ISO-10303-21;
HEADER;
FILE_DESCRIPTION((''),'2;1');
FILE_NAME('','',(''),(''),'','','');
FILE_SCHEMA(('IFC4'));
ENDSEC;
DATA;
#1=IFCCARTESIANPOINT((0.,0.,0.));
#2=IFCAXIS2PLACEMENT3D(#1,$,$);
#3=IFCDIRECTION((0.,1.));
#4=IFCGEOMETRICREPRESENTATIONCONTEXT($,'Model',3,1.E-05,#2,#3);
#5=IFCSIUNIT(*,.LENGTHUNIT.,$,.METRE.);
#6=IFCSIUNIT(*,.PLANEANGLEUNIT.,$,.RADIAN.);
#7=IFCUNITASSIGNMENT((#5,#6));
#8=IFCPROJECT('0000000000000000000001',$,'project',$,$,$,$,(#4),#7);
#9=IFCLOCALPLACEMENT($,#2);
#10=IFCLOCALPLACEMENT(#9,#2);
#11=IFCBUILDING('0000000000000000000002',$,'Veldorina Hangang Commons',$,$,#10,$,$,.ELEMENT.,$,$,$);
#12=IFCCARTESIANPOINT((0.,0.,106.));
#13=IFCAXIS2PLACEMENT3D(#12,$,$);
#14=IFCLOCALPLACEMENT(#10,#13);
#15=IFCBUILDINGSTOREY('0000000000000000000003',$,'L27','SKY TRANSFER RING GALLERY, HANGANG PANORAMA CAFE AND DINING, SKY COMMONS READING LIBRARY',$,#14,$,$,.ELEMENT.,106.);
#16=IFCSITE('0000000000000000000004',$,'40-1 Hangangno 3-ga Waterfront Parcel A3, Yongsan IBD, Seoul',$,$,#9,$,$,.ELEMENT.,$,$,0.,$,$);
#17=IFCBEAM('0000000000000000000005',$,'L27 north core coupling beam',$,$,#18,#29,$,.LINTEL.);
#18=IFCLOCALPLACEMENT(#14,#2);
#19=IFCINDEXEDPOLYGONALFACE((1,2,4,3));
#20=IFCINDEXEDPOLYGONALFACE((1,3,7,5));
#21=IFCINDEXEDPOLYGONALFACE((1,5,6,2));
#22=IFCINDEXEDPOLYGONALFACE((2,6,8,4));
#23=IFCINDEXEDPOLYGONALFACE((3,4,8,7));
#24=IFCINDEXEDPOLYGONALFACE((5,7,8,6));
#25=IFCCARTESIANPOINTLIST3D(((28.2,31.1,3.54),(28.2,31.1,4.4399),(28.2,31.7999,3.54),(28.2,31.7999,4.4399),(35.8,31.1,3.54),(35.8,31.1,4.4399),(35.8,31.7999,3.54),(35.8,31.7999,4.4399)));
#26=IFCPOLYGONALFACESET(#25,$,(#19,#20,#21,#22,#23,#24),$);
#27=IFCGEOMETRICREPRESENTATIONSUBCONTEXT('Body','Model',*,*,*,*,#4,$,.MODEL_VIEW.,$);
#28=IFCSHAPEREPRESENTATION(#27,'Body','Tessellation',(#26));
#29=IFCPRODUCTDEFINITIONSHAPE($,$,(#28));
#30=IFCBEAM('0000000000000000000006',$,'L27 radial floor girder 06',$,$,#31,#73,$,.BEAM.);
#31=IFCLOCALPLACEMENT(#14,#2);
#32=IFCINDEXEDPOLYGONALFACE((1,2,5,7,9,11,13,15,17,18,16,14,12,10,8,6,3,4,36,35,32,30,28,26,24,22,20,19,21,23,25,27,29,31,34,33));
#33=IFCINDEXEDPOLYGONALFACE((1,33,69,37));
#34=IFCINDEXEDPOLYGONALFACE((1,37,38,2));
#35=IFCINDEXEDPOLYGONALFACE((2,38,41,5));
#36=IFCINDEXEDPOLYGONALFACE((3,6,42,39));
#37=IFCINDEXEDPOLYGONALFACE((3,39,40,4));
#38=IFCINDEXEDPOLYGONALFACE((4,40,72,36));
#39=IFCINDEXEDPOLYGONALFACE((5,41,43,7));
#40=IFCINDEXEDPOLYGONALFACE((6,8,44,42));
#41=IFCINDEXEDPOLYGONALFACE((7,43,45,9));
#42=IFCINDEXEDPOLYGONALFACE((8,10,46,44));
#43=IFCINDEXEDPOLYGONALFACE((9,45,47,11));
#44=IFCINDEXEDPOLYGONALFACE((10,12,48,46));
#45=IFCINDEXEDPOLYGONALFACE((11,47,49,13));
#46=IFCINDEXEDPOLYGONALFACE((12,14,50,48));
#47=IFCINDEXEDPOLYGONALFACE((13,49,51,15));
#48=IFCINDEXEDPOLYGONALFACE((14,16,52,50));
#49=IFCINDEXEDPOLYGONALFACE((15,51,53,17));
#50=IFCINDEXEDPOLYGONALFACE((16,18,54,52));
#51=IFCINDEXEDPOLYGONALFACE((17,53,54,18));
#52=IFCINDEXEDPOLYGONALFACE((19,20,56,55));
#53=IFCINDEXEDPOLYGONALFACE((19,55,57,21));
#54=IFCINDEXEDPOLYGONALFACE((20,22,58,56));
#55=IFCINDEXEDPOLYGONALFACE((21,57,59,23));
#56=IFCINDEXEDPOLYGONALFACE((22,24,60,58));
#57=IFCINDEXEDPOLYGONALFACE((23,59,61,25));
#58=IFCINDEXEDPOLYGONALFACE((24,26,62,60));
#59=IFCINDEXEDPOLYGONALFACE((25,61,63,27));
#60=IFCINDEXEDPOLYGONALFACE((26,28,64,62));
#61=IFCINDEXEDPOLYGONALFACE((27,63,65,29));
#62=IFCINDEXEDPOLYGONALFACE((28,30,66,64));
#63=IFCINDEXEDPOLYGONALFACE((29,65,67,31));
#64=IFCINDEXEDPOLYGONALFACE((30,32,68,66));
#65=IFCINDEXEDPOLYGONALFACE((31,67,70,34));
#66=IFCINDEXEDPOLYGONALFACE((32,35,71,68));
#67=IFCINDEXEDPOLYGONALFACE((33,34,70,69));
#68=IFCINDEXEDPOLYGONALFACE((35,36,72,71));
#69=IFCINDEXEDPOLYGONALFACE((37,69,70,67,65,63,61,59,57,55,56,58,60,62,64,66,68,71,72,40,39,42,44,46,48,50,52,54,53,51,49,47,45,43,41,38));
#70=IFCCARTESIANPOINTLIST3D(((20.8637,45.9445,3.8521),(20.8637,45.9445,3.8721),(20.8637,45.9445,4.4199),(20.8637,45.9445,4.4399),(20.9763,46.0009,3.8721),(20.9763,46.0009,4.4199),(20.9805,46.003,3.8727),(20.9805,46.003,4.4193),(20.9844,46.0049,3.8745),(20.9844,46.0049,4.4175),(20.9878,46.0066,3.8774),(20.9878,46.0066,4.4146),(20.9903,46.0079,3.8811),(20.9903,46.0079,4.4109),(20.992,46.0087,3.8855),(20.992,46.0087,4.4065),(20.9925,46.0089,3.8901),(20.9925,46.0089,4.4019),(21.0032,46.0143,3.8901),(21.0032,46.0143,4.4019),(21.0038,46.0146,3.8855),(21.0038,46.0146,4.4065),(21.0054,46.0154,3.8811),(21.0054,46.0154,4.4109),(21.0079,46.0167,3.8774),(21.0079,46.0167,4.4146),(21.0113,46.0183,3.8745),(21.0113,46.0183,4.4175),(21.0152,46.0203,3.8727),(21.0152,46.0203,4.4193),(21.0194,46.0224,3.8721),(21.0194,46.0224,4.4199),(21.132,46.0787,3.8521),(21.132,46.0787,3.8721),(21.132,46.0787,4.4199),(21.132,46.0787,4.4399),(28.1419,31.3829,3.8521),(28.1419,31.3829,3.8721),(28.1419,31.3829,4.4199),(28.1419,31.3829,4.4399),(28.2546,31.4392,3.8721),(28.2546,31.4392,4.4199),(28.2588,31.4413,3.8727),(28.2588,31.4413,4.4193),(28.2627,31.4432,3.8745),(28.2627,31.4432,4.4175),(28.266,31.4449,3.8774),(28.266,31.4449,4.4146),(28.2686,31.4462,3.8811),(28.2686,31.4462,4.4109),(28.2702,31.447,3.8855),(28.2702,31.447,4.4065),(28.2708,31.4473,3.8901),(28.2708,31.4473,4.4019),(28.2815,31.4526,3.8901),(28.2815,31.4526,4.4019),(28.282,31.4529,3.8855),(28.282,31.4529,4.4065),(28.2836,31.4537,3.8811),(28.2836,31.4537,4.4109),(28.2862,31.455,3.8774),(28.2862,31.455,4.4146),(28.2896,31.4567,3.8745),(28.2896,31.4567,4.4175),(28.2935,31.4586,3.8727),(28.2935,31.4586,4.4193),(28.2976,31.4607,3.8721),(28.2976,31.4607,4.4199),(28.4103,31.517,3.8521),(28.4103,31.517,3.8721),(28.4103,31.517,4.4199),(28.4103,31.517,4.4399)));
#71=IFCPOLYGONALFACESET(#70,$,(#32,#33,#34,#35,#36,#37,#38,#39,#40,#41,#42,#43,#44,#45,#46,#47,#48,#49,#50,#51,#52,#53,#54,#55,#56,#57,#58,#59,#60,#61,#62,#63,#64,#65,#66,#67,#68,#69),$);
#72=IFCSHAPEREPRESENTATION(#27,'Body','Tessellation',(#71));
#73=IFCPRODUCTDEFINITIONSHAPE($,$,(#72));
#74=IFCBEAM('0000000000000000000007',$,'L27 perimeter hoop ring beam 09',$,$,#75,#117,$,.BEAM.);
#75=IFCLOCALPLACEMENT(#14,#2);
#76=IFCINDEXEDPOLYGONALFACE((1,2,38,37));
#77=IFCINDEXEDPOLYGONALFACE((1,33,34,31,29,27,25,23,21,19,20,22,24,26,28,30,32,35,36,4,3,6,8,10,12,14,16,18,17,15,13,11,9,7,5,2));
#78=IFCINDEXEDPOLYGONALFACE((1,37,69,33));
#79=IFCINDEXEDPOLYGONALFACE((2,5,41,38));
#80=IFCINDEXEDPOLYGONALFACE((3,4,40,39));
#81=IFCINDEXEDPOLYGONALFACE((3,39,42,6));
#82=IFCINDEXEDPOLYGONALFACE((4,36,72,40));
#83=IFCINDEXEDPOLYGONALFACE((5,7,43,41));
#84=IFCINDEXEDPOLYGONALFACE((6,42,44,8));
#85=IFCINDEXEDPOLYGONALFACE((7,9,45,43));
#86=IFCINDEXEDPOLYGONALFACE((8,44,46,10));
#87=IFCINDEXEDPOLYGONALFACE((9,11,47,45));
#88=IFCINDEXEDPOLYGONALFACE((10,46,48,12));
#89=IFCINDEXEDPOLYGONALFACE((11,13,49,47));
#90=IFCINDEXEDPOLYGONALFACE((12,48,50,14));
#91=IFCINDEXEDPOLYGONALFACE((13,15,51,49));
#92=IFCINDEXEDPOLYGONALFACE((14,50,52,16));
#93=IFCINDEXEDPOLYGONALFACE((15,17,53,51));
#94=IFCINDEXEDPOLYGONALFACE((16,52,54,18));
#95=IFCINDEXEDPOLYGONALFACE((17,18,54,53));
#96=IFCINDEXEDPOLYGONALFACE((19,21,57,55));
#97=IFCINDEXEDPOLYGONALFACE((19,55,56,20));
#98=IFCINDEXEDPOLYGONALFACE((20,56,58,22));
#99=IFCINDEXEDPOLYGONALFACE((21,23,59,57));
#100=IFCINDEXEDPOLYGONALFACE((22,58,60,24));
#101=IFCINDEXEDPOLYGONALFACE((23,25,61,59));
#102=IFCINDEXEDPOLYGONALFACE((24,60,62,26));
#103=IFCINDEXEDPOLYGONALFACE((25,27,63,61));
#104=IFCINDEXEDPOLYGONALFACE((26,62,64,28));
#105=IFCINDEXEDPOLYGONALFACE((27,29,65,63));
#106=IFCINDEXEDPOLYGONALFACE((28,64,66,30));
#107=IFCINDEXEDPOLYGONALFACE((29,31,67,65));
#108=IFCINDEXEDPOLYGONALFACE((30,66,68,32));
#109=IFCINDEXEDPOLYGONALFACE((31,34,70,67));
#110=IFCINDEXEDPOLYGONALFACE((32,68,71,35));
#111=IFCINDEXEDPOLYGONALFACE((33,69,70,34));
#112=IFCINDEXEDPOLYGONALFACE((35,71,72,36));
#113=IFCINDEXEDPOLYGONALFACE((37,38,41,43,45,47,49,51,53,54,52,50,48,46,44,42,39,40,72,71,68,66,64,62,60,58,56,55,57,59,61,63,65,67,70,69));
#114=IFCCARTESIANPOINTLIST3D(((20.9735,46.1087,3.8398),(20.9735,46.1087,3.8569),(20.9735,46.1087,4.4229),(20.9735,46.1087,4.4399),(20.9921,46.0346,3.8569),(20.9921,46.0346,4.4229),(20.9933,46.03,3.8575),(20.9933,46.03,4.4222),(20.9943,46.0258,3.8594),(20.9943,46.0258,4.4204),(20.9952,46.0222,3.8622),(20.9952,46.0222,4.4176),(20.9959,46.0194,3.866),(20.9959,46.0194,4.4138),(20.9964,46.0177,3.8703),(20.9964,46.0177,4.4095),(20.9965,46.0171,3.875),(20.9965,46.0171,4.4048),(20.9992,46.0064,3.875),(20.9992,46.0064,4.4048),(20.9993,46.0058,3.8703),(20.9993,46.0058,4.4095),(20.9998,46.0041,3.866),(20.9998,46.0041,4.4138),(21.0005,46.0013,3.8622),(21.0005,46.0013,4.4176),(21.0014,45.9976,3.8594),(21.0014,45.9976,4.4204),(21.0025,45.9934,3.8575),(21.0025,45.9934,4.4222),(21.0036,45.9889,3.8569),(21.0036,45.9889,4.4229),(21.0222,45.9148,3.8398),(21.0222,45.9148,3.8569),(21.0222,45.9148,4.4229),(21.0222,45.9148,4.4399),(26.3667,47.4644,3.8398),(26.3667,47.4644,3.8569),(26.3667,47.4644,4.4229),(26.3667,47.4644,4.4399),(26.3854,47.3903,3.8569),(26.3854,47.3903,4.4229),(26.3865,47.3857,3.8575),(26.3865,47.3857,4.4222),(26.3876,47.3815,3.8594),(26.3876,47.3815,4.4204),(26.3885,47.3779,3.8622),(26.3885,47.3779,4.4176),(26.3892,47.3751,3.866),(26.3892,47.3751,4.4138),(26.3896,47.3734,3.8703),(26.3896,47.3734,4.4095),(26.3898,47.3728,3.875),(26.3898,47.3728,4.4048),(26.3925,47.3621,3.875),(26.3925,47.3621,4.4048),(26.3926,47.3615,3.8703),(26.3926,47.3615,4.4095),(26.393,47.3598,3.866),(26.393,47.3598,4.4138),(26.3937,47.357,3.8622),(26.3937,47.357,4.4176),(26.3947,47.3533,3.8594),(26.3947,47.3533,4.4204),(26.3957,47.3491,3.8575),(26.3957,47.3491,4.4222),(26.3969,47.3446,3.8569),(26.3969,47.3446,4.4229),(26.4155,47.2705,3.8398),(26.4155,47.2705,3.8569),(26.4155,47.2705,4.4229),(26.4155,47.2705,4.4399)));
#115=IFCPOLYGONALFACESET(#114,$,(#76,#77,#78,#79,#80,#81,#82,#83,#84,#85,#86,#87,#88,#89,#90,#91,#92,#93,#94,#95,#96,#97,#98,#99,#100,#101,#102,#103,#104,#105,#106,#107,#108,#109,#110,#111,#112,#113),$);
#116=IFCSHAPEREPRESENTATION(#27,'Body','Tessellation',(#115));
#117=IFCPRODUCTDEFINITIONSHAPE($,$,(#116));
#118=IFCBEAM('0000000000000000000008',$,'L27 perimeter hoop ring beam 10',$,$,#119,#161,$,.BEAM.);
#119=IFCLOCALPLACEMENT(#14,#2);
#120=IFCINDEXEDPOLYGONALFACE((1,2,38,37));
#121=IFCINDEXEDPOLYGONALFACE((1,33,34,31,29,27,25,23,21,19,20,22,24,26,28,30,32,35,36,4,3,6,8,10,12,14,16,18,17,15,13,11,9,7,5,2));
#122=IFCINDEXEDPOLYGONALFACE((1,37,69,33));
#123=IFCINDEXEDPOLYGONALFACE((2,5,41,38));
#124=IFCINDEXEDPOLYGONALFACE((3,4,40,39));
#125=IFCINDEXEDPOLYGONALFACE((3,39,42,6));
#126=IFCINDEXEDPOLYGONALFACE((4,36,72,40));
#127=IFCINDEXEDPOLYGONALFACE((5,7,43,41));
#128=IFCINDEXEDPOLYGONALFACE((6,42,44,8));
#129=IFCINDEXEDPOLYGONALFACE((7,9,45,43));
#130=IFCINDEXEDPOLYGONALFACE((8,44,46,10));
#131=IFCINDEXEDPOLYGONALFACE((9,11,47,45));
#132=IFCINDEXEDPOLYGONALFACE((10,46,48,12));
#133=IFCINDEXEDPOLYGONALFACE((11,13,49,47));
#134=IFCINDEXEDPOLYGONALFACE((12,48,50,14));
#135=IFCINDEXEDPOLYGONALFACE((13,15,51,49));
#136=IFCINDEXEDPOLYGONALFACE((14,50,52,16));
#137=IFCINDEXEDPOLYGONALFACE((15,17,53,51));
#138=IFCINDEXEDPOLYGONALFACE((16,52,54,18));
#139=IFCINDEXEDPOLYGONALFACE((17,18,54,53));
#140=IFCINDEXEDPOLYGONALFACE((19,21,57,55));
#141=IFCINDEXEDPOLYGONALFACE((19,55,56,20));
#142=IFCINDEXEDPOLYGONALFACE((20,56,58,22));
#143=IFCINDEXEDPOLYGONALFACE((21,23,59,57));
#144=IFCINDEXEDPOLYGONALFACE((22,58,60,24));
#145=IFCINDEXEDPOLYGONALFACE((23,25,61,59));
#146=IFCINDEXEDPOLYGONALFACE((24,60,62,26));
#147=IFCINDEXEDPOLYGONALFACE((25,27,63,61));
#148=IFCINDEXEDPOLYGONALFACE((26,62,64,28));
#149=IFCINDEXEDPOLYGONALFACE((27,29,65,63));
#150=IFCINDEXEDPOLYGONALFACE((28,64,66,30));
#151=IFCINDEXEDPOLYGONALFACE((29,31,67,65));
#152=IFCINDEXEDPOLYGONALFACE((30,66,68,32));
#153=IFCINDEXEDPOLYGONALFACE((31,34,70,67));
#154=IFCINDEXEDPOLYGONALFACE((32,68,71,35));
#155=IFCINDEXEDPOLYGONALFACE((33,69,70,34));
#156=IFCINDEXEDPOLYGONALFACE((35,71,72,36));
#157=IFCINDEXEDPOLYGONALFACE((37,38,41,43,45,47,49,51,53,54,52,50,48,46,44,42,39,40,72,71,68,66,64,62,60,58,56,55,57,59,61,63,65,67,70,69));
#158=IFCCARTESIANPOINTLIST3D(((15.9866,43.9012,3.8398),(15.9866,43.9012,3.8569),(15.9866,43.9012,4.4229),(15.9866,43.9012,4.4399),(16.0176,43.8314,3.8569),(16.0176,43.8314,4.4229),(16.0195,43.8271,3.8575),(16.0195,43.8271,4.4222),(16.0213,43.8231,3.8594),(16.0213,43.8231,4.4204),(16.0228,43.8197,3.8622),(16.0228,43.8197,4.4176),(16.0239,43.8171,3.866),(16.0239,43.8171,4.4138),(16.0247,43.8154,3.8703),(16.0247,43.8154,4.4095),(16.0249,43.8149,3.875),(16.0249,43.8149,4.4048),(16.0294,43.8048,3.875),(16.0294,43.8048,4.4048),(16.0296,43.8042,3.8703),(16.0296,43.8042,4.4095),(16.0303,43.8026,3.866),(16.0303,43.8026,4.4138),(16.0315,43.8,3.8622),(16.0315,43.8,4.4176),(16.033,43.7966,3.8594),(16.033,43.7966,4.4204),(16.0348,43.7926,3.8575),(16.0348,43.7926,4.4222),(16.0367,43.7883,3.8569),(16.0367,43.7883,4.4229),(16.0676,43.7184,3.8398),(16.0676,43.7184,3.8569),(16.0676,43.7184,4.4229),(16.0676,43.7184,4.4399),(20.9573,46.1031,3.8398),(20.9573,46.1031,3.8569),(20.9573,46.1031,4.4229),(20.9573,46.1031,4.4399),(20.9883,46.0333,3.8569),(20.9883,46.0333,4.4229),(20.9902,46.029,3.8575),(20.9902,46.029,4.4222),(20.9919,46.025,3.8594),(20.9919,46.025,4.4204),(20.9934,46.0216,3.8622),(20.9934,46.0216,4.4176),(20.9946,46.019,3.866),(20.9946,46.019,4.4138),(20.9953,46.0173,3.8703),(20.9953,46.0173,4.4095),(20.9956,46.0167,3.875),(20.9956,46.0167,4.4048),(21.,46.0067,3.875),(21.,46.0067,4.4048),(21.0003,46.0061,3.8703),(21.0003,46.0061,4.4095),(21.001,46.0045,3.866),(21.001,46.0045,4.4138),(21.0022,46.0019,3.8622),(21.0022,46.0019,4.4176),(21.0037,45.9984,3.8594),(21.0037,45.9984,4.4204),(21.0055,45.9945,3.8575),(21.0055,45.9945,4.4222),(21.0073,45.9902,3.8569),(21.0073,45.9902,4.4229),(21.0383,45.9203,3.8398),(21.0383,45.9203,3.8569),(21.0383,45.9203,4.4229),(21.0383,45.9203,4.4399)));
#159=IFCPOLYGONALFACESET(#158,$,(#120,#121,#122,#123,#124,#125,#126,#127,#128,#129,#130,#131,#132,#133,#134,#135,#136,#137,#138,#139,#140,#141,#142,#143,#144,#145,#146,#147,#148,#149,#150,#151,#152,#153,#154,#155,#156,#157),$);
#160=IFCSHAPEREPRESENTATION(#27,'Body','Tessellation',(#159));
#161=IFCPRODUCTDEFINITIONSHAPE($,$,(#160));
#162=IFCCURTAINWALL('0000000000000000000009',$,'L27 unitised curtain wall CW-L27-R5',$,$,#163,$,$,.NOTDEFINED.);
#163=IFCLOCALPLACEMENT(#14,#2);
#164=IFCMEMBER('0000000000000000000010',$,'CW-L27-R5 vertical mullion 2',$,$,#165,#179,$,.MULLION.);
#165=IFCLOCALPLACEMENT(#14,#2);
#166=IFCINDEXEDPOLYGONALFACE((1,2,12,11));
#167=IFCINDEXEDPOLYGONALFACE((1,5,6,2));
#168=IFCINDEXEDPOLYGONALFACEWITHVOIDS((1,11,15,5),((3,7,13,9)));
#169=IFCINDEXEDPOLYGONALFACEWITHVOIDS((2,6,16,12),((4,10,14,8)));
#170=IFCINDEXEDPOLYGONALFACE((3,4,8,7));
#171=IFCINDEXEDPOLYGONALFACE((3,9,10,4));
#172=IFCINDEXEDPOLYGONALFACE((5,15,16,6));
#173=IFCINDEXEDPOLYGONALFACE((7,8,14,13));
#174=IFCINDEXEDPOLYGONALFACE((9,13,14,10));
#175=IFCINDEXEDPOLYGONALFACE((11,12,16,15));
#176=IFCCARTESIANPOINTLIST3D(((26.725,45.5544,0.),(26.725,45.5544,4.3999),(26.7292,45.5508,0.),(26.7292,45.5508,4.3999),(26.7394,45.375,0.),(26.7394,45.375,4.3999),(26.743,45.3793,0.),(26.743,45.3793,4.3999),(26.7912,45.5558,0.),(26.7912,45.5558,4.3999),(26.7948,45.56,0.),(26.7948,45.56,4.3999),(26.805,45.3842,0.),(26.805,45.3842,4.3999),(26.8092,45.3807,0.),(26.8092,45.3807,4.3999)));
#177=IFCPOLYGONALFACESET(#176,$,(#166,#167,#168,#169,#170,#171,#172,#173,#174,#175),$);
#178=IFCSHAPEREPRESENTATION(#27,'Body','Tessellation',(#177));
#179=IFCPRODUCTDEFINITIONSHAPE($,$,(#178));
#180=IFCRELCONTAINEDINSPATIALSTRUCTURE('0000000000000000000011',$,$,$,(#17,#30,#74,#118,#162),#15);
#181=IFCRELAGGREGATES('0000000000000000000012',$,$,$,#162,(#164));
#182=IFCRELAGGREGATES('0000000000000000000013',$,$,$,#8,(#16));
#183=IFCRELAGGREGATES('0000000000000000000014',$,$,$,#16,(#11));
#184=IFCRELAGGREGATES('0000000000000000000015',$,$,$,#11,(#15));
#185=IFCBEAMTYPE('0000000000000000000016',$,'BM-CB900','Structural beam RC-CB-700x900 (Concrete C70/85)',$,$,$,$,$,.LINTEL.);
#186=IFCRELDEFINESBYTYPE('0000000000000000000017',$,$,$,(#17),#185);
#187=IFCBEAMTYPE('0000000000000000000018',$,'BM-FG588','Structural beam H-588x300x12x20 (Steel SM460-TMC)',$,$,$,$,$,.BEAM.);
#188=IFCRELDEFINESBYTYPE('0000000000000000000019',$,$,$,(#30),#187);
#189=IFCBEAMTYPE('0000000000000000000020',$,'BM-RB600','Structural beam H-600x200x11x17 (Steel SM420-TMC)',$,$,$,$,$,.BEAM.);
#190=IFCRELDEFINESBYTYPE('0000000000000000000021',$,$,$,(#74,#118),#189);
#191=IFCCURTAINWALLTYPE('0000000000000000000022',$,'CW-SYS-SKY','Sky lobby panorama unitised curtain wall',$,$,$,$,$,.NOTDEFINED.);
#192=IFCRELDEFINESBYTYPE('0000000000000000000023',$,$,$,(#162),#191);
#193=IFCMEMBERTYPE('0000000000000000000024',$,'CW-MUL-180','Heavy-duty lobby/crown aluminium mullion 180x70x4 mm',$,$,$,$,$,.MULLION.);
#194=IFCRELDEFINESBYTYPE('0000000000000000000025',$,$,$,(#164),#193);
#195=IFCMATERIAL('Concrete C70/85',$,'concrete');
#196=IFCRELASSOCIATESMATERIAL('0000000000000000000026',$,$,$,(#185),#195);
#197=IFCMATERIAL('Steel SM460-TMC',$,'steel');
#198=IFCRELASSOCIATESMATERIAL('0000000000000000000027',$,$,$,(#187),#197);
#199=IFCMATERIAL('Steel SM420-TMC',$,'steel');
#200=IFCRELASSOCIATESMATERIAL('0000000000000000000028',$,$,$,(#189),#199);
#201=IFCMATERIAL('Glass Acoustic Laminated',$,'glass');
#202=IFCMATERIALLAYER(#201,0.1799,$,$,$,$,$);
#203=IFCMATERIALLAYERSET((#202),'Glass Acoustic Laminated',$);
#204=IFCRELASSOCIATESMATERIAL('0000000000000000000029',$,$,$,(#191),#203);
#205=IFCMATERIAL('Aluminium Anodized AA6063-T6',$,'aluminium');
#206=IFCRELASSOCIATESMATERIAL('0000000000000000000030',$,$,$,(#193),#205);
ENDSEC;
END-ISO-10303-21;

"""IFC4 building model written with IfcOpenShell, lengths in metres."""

from ifc_helpers import new_model, si_unit, direction, frame, origin, origin_2d, place, context, subcontext, project, spatial, rectangle, hollow_rectangle, i_section, extrude, material, layer, layer_set, material_profile, profile_set, type_object, element, aggregate, save


model = new_model("IFC4")

# Units and contexts
model_context = context("Model", 3, precision=1e-05, world=origin(), true_north=direction((0.0, 1.0)))
body_context = subcontext(model_context, "Body", "Model", "MODEL_VIEW")
ifc_project = project(units=[si_unit("LENGTHUNIT", "METRE"), si_unit("PLANEANGLEUNIT", "RADIAN")], contexts=[model_context])

# Site, building, storey
site_placement = place(None, origin())
site = spatial("IfcSite", under=ifc_project, at=site_placement, Name="40-1 Hangangno 3-ga Waterfront Parcel A3, Yongsan IBD, Seoul", CompositionType="ELEMENT", RefElevation=0.0)
building_placement = place(site_placement, origin())
building = spatial("IfcBuilding", under=site, at=building_placement, Name="Veldorina Hangang Commons", CompositionType="ELEMENT")
storey_placement = place(building_placement, frame((0.0, 0.0, 106.0)))
storey = spatial("IfcBuildingStorey", under=building, at=storey_placement, Name="L27", Description="SKY TRANSFER RING GALLERY, HANGANG PANORAMA CAFE AND DINING, SKY COMMONS READING LIBRARY", CompositionType="ELEMENT", Elevation=106.0)

# Beams
ifc_material_1 = material(Name="Concrete C70/85", Category="concrete")
ifc_material_profile_1 = material_profile(ifc_material_1, rectangle(XDim=0.7, YDim=0.8999, at=origin_2d()), Name="RC-CB-700x900")
ifc_profile_set_1 = profile_set([ifc_material_profile_1], Name="Concrete C70/85")
beam_type_1 = type_object("IfcBeamType", Name="BM-CB900", Description="Structural beam RC-CB-700x900 (Concrete C70/85)", PredefinedType="LINTEL", material=ifc_profile_set_1)
beam_1_placement = place(storey_placement, frame((28.2, 31.45, 3.99), z_axis=(1.0, 0.0, 0.0), x_axis=(0.0, 1.0, 0.0)))
element("IfcBeam", 1, at=beam_1_placement, inside=storey, type_object=beam_type_1, Name="L27 north core coupling beam", PredefinedType="LINTEL", context=body_context, shape_type="SweptSolid", body=[
    extrude(rectangle(XDim=0.7, YDim=0.8999, at=origin_2d()), origin(), (0.0, 0.0, 1.0), 7.6001),
])
ifc_material_2 = material(Name="Steel SM460-TMC", Category="steel")
ifc_material_profile_2 = material_profile(ifc_material_2, i_section(OverallWidth=0.3, OverallDepth=0.5879, WebThickness=0.012, FlangeThickness=0.02, FilletRadius=0.0181, at=origin_2d()), Name="H-588x300x12x20")
ifc_profile_set_2 = profile_set([ifc_material_profile_2], Name="Steel SM460-TMC")
beam_type_2 = type_object("IfcBeamType", Name="BM-FG588", Description="Structural beam H-588x300x12x20 (Steel SM460-TMC)", PredefinedType="BEAM", material=ifc_profile_set_2)
beam_2_placement = place(storey_placement, frame((28.2761, 31.45, 4.146), z_axis=(-0.447088, 0.89449, 0.0), x_axis=(-0.89449, -0.447088, 0.0)))
element("IfcBeam", 2, at=beam_2_placement, inside=storey, type_object=beam_type_2, Name="L27 radial floor girder 06", PredefinedType="BEAM", context=body_context, shape_type="SweptSolid", body=[
    extrude(i_section(OverallWidth=0.3, OverallDepth=0.5879, WebThickness=0.012, FlangeThickness=0.02, FilletRadius=0.0181, at=origin_2d()), origin(), (0.0, 0.0, 1.0), 16.2793),
])
ifc_material_3 = material(Name="Steel SM420-TMC", Category="steel")
ifc_material_profile_3 = material_profile(ifc_material_3, i_section(OverallWidth=0.2, OverallDepth=0.6001, WebThickness=0.011, FlangeThickness=0.0171, FilletRadius=0.0181, at=origin_2d()), Name="H-600x200x11x17")
ifc_profile_set_3 = profile_set([ifc_material_profile_3], Name="Steel SM420-TMC")
beam_type_3 = type_object("IfcBeamType", Name="BM-RB600", Description="Structural beam H-600x200x11x17 (Steel SM420-TMC)", PredefinedType="BEAM", material=ifc_profile_set_3)
beam_3_placement = place(storey_placement, frame((26.3911, 47.3674, 4.1399), z_axis=(-0.969829, -0.243785, 0.0), x_axis=(0.243785, -0.969829, 0.0)))
element("IfcBeam", 3, at=beam_3_placement, inside=storey, type_object=beam_type_3, Name="L27 perimeter hoop ring beam 09", PredefinedType="BEAM", context=body_context, shape_type="SweptSolid", body=[
    extrude(i_section(OverallWidth=0.2, OverallDepth=0.6001, WebThickness=0.011, FlangeThickness=0.0171, FilletRadius=0.0181, at=origin_2d()), origin(), (0.0, 0.0, 1.0), 5.561),
])
beam_4_placement = place(storey_placement, frame((20.9978, 46.0117, 4.1399), z_axis=(-0.914309, -0.405017, 0.0), x_axis=(0.405017, -0.914309, 0.0)))
element("IfcBeam", 4, at=beam_4_placement, inside=storey, type_object=beam_type_3, Name="L27 perimeter hoop ring beam 10", PredefinedType="BEAM", context=body_context, shape_type="SweptSolid", body=[
    extrude(i_section(OverallWidth=0.2, OverallDepth=0.6001, WebThickness=0.011, FlangeThickness=0.0171, FilletRadius=0.0181, at=origin_2d()), origin(), (0.0, 0.0, 1.0), 5.4365),
])

# Curtain wall, member
ifc_material_4 = material(Name="Glass Acoustic Laminated", Category="glass")
ifc_layer_1 = layer(ifc_material_4, 0.1799)
ifc_layer_set_1 = layer_set([ifc_layer_1], Name="Glass Acoustic Laminated")
curtain_wall_type = type_object("IfcCurtainWallType", Name="CW-SYS-SKY", Description="Sky lobby panorama unitised curtain wall", PredefinedType="NOTDEFINED", material=ifc_layer_set_1)
curtain_wall_1_placement = place(storey_placement, origin())
curtain_wall_1 = element("IfcCurtainWall", 5, at=curtain_wall_1_placement, inside=storey, type_object=curtain_wall_type, Name="L27 unitised curtain wall CW-L27-R5", PredefinedType="NOTDEFINED")
ifc_material_5 = material(Name="Aluminium Anodized AA6063-T6", Category="aluminium")
ifc_material_profile_4 = material_profile(ifc_material_5, hollow_rectangle(XDim=0.0701, YDim=0.1799, WallThickness=0.0039, at=origin_2d()), Name="ALU-RHS-180x70x4")
ifc_profile_set_4 = profile_set([ifc_material_profile_4], Name="Aluminium Anodized AA6063-T6")
member_type_1 = type_object("IfcMemberType", Name="CW-MUL-180", Description="Heavy-duty lobby/crown aluminium mullion 180x70x4 mm", PredefinedType="MULLION", material=ifc_profile_set_4)
member_1_placement = place(storey_placement, frame((26.7671, 45.4675, 0.0), z_axis=(0.0, 0.0, 1.0), x_axis=(0.996786, 0.080112, 0.0)))
member_1 = element("IfcMember", 6, at=member_1_placement, type_object=member_type_1, Name="CW-L27-R5 vertical mullion 2", PredefinedType="MULLION", context=body_context, shape_type="SweptSolid", body=[
    extrude(hollow_rectangle(XDim=0.0701, YDim=0.1799, WallThickness=0.0039, at=origin_2d()), origin(), (0.0, 0.0, 1.0), 4.3999),
])

aggregate(curtain_wall_1, [member_1])

save(model, "model.ifc")
